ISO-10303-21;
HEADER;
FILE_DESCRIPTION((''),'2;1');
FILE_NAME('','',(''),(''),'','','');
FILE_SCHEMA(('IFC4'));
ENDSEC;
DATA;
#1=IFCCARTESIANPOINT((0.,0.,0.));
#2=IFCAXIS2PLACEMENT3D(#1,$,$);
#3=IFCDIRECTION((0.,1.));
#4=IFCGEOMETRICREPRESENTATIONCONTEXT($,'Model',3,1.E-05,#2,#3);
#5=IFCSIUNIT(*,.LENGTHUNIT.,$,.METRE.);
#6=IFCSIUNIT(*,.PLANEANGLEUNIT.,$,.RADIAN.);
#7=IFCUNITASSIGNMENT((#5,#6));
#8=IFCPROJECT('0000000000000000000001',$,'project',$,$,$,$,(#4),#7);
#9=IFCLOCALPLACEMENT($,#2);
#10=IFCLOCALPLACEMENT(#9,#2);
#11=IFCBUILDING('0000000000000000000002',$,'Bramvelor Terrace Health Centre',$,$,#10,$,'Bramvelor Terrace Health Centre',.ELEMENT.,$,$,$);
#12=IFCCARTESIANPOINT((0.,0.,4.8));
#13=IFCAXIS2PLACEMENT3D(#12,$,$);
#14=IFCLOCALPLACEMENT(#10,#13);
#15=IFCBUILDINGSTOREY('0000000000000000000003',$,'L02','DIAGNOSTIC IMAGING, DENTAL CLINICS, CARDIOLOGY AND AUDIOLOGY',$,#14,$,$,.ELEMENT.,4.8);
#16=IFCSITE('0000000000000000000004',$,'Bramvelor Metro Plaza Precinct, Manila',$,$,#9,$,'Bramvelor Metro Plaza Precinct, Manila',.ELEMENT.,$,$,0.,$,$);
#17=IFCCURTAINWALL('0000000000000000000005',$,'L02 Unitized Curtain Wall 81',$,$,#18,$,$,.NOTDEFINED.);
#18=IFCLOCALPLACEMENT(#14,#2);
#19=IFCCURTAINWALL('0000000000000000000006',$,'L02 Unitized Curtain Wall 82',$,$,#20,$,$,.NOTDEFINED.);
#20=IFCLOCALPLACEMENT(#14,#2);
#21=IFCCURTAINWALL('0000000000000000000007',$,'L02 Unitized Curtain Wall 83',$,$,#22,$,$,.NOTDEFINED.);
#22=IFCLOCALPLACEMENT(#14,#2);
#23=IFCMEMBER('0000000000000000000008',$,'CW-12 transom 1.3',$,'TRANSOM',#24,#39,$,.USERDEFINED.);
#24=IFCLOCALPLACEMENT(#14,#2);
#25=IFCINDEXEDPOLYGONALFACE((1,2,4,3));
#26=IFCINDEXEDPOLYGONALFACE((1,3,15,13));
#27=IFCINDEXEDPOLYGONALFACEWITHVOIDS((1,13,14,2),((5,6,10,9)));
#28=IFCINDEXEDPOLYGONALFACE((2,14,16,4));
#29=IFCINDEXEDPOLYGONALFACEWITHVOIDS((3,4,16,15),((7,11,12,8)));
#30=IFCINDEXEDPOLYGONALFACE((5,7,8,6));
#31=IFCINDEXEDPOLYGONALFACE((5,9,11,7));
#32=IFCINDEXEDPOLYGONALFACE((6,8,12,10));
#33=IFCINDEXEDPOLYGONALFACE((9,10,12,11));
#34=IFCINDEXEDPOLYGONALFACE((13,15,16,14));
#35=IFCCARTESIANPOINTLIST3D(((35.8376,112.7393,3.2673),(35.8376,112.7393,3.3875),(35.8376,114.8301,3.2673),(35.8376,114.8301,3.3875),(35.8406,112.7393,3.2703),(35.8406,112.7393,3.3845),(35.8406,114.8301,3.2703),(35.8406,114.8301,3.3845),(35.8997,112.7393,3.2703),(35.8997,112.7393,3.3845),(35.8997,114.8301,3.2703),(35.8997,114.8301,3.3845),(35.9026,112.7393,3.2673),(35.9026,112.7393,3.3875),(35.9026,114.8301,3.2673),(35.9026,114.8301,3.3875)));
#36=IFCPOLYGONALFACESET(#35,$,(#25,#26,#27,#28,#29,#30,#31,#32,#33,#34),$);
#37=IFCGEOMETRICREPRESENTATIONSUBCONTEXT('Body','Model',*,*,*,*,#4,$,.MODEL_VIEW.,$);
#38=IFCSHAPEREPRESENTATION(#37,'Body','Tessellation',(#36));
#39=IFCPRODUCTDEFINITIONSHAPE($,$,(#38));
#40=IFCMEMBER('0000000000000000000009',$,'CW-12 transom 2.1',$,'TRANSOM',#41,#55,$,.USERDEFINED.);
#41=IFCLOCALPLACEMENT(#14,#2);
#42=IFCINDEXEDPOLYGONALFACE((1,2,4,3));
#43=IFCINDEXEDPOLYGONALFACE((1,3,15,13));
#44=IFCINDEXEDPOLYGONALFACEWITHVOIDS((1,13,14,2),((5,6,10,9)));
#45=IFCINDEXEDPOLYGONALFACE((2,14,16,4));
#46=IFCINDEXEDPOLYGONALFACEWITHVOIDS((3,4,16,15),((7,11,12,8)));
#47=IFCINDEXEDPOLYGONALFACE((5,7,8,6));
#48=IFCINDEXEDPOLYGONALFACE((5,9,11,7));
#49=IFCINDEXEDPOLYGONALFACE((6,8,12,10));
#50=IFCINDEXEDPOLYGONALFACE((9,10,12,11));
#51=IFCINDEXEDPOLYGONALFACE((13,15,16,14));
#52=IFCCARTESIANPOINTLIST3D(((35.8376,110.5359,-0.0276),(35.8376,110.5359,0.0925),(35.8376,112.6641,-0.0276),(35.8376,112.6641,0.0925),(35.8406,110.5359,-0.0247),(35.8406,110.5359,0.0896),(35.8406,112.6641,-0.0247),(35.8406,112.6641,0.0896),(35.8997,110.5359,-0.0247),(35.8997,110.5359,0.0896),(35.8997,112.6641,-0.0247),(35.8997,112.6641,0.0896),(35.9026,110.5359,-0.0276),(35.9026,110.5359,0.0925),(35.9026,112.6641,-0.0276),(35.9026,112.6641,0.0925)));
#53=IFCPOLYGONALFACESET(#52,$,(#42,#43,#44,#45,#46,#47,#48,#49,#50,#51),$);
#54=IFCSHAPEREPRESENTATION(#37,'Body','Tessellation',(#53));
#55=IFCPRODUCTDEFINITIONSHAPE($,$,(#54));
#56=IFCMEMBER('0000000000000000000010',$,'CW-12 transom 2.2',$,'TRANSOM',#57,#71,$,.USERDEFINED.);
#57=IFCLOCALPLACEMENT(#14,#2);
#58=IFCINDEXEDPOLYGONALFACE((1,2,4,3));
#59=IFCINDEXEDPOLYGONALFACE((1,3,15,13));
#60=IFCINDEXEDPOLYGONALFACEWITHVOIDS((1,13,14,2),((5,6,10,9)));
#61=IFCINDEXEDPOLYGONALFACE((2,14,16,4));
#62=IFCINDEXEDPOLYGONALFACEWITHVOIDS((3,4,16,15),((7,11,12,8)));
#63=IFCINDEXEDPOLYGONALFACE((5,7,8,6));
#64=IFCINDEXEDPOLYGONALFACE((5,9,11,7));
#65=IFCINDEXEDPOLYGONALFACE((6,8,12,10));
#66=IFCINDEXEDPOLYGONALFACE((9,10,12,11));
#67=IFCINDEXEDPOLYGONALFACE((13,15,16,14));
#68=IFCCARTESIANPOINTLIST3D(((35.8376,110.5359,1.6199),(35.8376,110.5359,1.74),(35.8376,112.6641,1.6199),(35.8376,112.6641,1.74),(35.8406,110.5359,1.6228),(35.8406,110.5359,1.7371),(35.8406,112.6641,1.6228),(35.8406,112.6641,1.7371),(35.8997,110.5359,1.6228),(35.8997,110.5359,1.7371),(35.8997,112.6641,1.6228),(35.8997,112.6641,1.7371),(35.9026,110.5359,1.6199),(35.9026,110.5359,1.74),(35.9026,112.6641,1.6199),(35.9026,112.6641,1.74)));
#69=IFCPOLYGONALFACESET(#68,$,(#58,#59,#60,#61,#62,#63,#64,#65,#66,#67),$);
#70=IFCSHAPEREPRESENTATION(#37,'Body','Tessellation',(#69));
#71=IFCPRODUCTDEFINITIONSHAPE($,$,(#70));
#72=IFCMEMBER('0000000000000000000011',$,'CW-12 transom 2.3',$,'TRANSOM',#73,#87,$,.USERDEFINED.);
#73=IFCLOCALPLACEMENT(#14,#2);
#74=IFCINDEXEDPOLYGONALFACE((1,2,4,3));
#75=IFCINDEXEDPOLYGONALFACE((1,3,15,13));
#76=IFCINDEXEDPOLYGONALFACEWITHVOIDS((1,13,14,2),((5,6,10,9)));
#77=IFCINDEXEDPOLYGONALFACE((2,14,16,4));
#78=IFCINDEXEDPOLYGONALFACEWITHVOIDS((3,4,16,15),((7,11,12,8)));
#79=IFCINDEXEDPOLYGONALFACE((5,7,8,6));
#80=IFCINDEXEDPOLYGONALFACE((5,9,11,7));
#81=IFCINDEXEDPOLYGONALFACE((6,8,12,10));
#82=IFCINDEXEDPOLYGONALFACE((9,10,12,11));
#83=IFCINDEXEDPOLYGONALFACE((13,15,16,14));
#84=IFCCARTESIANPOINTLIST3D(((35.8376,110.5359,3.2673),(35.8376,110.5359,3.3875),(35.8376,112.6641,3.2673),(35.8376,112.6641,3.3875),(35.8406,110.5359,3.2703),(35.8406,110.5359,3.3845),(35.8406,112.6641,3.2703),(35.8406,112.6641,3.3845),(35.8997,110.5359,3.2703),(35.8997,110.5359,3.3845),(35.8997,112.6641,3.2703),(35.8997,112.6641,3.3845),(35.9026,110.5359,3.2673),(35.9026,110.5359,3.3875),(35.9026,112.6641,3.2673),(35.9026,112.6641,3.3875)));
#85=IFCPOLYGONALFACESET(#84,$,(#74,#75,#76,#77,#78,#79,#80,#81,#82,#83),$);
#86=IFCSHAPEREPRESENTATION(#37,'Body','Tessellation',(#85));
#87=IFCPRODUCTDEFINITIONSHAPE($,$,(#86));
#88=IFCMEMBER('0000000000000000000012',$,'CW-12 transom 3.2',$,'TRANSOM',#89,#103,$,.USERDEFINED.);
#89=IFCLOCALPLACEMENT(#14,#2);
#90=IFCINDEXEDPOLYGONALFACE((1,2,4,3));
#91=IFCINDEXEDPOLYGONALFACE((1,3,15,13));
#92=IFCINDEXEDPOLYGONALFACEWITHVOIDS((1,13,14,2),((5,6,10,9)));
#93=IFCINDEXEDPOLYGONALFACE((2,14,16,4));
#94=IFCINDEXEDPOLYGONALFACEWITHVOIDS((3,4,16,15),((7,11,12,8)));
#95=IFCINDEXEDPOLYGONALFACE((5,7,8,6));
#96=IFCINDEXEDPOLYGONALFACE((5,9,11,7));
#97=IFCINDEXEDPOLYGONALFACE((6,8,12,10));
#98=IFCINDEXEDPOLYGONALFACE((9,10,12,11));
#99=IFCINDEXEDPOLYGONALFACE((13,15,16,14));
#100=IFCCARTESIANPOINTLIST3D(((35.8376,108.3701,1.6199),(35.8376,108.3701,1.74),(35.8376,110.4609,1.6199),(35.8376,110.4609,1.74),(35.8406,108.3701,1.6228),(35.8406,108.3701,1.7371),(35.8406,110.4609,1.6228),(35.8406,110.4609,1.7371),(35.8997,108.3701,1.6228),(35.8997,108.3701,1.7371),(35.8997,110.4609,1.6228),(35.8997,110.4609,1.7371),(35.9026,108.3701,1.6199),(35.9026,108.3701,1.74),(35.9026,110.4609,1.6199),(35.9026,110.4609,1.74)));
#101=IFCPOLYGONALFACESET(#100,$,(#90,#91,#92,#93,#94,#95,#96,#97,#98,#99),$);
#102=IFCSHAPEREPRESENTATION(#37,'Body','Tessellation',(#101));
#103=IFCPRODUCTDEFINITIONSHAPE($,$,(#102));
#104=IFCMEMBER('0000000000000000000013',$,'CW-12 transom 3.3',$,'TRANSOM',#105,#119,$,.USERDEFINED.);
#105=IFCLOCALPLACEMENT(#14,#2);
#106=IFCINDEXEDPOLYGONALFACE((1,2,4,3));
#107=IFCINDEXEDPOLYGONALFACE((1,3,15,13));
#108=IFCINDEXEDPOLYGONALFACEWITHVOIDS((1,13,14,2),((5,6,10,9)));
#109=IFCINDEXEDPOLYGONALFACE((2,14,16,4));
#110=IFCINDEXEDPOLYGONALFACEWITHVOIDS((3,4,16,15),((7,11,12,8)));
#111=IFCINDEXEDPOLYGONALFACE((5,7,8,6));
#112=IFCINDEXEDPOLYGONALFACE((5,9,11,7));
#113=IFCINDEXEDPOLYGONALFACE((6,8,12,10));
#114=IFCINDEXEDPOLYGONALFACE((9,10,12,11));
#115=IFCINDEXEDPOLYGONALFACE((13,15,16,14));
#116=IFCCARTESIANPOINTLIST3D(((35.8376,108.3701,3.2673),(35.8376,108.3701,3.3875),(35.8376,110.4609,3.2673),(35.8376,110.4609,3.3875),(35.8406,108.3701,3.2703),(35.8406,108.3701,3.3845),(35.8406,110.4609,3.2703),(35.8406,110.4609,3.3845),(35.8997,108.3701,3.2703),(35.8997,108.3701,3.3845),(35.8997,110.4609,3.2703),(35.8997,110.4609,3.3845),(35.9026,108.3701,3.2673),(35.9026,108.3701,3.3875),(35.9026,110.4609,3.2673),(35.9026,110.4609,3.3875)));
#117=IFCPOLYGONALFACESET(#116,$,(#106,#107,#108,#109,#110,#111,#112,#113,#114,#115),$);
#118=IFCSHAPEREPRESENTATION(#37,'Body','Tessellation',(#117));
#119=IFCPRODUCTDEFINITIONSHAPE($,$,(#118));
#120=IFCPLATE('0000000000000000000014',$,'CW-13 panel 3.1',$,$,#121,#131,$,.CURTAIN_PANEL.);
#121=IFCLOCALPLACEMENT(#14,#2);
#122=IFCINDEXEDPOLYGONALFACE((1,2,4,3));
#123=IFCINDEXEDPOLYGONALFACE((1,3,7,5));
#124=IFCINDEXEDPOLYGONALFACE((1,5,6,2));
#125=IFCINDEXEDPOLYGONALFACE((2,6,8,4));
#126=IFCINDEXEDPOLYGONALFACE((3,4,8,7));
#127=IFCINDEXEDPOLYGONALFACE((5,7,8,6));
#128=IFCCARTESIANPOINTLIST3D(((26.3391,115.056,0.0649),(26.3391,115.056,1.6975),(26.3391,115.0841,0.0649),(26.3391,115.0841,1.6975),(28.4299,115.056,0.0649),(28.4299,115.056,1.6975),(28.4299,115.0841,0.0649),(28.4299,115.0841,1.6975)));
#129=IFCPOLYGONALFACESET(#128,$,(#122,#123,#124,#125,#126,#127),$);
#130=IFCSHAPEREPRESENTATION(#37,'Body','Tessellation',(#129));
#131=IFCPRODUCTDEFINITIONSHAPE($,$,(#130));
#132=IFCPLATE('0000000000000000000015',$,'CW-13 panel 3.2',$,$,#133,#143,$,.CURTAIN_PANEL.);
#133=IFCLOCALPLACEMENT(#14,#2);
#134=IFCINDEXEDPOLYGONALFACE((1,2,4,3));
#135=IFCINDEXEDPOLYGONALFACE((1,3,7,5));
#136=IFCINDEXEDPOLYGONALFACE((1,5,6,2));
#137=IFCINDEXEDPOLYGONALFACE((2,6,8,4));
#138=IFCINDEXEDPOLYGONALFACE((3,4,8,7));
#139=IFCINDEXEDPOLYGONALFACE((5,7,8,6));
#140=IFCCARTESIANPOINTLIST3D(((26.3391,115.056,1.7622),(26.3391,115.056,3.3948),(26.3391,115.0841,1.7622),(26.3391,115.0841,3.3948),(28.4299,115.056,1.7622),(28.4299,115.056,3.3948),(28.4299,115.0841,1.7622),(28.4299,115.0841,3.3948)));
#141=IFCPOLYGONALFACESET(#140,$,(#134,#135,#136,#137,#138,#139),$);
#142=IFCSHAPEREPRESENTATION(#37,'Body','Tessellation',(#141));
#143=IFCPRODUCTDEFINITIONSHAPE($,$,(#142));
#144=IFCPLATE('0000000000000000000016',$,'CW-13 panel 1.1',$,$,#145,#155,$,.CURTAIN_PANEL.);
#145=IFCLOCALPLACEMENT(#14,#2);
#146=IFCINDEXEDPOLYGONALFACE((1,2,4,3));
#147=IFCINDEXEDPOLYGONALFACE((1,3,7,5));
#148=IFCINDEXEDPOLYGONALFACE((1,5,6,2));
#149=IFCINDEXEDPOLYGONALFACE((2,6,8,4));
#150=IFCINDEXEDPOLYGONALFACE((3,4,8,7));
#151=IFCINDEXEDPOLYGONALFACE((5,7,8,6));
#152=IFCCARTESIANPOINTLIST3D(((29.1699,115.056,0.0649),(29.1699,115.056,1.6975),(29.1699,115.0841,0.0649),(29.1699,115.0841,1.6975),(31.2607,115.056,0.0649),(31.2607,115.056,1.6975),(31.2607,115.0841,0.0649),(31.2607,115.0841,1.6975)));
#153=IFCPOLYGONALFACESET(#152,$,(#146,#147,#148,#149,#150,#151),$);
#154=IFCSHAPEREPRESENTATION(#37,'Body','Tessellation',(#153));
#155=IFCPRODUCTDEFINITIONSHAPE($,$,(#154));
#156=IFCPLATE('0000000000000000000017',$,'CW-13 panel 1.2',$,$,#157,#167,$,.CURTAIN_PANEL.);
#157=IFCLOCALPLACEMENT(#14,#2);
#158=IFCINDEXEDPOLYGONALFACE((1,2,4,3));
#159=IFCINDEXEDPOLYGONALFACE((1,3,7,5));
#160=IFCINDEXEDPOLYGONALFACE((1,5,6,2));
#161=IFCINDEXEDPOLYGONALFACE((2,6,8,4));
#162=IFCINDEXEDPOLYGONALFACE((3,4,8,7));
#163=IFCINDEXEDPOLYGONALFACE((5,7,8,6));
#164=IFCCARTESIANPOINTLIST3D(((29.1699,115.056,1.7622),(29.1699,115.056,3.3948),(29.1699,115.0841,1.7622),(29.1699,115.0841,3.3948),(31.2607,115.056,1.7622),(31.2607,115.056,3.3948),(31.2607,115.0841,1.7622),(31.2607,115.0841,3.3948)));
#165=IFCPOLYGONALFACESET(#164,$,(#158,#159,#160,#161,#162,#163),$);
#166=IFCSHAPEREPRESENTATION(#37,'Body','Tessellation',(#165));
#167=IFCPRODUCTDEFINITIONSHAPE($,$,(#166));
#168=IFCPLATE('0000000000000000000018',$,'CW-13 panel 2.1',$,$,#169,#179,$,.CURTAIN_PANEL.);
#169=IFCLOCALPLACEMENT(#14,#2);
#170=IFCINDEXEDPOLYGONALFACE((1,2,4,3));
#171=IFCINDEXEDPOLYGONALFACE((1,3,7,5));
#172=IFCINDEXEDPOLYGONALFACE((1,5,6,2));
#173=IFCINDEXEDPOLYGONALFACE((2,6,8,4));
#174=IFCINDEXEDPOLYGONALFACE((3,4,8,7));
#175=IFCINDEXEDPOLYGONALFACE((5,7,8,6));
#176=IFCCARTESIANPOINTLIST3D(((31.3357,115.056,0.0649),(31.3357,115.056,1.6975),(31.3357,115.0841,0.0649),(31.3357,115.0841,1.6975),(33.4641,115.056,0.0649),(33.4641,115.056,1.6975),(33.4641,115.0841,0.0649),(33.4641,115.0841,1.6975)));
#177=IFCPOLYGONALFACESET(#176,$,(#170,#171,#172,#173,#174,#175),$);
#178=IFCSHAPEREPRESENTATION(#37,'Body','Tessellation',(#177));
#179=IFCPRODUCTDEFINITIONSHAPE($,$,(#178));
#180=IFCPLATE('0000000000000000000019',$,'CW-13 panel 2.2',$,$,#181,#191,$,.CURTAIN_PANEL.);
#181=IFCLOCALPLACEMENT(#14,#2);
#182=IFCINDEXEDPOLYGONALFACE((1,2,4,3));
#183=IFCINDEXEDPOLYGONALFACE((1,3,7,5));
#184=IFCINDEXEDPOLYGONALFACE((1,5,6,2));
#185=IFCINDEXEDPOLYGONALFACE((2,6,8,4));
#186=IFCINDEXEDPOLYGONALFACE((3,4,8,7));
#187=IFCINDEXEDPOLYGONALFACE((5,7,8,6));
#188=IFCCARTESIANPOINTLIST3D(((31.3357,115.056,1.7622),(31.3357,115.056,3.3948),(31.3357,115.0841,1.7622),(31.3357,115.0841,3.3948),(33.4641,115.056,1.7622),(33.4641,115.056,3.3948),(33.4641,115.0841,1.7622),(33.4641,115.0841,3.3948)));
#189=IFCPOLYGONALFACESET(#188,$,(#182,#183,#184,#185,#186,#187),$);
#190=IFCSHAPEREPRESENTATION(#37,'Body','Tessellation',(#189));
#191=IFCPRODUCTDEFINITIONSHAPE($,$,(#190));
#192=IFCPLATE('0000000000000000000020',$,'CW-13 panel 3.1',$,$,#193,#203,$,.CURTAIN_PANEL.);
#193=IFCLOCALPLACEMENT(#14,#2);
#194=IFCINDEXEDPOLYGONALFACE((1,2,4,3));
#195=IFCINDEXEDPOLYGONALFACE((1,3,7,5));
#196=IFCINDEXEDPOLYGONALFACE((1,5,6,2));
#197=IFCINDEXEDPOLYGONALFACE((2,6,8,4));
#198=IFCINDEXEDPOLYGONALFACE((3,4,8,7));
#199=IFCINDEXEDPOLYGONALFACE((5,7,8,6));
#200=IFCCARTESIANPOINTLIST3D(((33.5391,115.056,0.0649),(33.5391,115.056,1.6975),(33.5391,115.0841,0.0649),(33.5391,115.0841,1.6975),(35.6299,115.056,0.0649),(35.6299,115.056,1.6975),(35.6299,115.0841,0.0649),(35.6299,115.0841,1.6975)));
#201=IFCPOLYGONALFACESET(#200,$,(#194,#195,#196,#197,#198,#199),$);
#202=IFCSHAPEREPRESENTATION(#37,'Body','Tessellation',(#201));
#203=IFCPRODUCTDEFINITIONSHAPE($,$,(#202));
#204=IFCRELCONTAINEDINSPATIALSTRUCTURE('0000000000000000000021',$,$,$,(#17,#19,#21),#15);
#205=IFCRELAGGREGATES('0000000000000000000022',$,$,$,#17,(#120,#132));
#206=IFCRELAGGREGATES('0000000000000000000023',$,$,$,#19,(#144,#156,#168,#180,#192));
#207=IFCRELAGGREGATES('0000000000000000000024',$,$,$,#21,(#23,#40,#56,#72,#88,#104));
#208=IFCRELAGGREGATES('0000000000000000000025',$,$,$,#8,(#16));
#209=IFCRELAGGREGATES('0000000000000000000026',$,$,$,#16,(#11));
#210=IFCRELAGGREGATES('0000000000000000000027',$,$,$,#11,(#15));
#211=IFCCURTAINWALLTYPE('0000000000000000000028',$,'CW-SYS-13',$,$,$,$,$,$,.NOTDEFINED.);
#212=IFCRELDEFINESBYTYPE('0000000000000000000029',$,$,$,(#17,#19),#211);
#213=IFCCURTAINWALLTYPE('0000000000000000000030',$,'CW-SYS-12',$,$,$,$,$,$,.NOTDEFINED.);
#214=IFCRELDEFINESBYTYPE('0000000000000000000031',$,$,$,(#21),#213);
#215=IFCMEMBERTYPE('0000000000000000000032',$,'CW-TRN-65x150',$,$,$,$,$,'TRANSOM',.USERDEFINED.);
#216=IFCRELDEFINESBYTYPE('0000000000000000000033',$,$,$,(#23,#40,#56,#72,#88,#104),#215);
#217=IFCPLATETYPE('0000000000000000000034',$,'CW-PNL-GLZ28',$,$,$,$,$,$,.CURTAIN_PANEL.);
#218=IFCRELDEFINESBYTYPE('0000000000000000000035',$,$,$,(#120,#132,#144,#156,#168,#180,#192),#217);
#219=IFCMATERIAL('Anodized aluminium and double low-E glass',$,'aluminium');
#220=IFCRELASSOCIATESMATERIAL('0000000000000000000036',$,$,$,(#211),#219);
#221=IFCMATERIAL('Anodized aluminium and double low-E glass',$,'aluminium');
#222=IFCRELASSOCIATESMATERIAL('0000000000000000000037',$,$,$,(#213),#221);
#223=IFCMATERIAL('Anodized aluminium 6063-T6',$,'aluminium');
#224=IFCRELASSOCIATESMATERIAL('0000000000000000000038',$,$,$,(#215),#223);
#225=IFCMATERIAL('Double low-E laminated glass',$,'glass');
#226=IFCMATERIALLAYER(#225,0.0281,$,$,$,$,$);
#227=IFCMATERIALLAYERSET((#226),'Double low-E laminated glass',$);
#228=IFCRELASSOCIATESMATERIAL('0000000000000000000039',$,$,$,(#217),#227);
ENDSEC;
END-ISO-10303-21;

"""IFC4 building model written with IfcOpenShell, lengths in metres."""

from ifc_helpers import new_model, si_unit, direction, frame, origin, origin_2d, place, context, subcontext, project, spatial, rectangle, hollow_rectangle, extrude, material, layer, layer_set, material_profile, profile_set, type_object, element, aggregate, save


model = new_model("IFC4")

# Units and contexts
model_context = context("Model", 3, precision=1e-05, world=origin(), true_north=direction((0.0, 1.0)))
body_context = subcontext(model_context, "Body", "Model", "MODEL_VIEW")
ifc_project = project(units=[si_unit("LENGTHUNIT", "METRE"), si_unit("PLANEANGLEUNIT", "RADIAN")], contexts=[model_context])

# Site, building, storey
site_placement = place(None, origin())
site = spatial("IfcSite", under=ifc_project, at=site_placement, Name="Bramvelor Metro Plaza Precinct, Manila", LongName="Bramvelor Metro Plaza Precinct, Manila", CompositionType="ELEMENT", RefElevation=0.0)
building_placement = place(site_placement, origin())
building = spatial("IfcBuilding", under=site, at=building_placement, Name="Bramvelor Terrace Health Centre", LongName="Bramvelor Terrace Health Centre", CompositionType="ELEMENT")
storey_placement = place(building_placement, frame((0.0, 0.0, 4.8)))
storey = spatial("IfcBuildingStorey", under=building, at=storey_placement, Name="L02", Description="DIAGNOSTIC IMAGING, DENTAL CLINICS, CARDIOLOGY AND AUDIOLOGY", CompositionType="ELEMENT", Elevation=4.8)

# Curtain wall
ifc_material_1 = material(Name="Anodized aluminium and double low-E glass", Category="aluminium")
curtain_wall_type_1 = type_object("IfcCurtainWallType", Name="CW-SYS-13", PredefinedType="NOTDEFINED", material=ifc_material_1)
curtain_wall_1_placement = place(storey_placement, origin())
curtain_wall_1 = element("IfcCurtainWall", 1, at=curtain_wall_1_placement, inside=storey, type_object=curtain_wall_type_1, Name="L02 Unitized Curtain Wall 81", PredefinedType="NOTDEFINED")

# Curtain walls
curtain_wall_2_placement = place(storey_placement, origin())
curtain_wall_2 = element("IfcCurtainWall", 2, at=curtain_wall_2_placement, inside=storey, type_object=curtain_wall_type_1, Name="L02 Unitized Curtain Wall 82", PredefinedType="NOTDEFINED")
ifc_material_2 = material(Name="Anodized aluminium and double low-E glass", Category="aluminium")
curtain_wall_type_2 = type_object("IfcCurtainWallType", Name="CW-SYS-12", PredefinedType="NOTDEFINED", material=ifc_material_2)
curtain_wall_3_placement = place(storey_placement, origin())
curtain_wall_3 = element("IfcCurtainWall", 3, at=curtain_wall_3_placement, inside=storey, type_object=curtain_wall_type_2, Name="L02 Unitized Curtain Wall 83", PredefinedType="NOTDEFINED")

# Members
ifc_material_3 = material(Name="Anodized aluminium 6063-T6", Category="aluminium")
ifc_material_profile_1 = material_profile(ifc_material_3, hollow_rectangle(XDim=0.0649, YDim=0.1201, WallThickness=0.0029, at=origin_2d()), Name="ALU-TRN 65x120x3.0")
ifc_profile_set_1 = profile_set([ifc_material_profile_1], Name="Anodized aluminium 6063-T6")
member_type_1 = type_object("IfcMemberType", Name="CW-TRN-65x150", ElementType="TRANSOM", PredefinedType="USERDEFINED", material=ifc_profile_set_1)
member_1_placement = place(storey_placement, frame((35.8701, 114.8301, 3.3274), z_axis=(0.0, -1.0, 0.0), x_axis=(1.0, 0.0, 0.0)))
member_1 = element("IfcMember", 4, at=member_1_placement, type_object=member_type_1, Name="CW-12 transom 1.3", ObjectType="TRANSOM", PredefinedType="USERDEFINED", context=body_context, shape_type="SweptSolid", body=[
    extrude(hollow_rectangle(XDim=0.0649, YDim=0.1201, WallThickness=0.0029, at=origin_2d()), origin(), (0.0, 0.0, 1.0), 2.0908),
])
member_2_placement = place(storey_placement, frame((35.8701, 112.6641, 0.0325), z_axis=(0.0, -1.0, 0.0), x_axis=(1.0, 0.0, 0.0)))
member_2 = element("IfcMember", 5, at=member_2_placement, type_object=member_type_1, Name="CW-12 transom 2.1", ObjectType="TRANSOM", PredefinedType="USERDEFINED", context=body_context, shape_type="SweptSolid", body=[
    extrude(hollow_rectangle(XDim=0.0649, YDim=0.1201, WallThickness=0.0029, at=origin_2d()), origin(), (0.0, 0.0, 1.0), 2.1282),
])
member_3_placement = place(storey_placement, frame((35.8701, 112.6641, 1.6799), z_axis=(0.0, -1.0, 0.0), x_axis=(1.0, 0.0, 0.0)))
member_3 = element("IfcMember", 6, at=member_3_placement, type_object=member_type_1, Name="CW-12 transom 2.2", ObjectType="TRANSOM", PredefinedType="USERDEFINED", context=body_context, shape_type="SweptSolid", body=[
    extrude(hollow_rectangle(XDim=0.0649, YDim=0.1201, WallThickness=0.0029, at=origin_2d()), origin(), (0.0, 0.0, 1.0), 2.1282),
])
member_4_placement = place(storey_placement, frame((35.8701, 112.6641, 3.3274), z_axis=(0.0, -1.0, 0.0), x_axis=(1.0, 0.0, 0.0)))
member_4 = element("IfcMember", 7, at=member_4_placement, type_object=member_type_1, Name="CW-12 transom 2.3", ObjectType="TRANSOM", PredefinedType="USERDEFINED", context=body_context, shape_type="SweptSolid", body=[
    extrude(hollow_rectangle(XDim=0.0649, YDim=0.1201, WallThickness=0.0029, at=origin_2d()), origin(), (0.0, 0.0, 1.0), 2.1282),
])
member_5_placement = place(storey_placement, frame((35.8701, 110.4609, 1.6799), z_axis=(0.0, -1.0, 0.0), x_axis=(1.0, 0.0, 0.0)))
member_5 = element("IfcMember", 8, at=member_5_placement, type_object=member_type_1, Name="CW-12 transom 3.2", ObjectType="TRANSOM", PredefinedType="USERDEFINED", context=body_context, shape_type="SweptSolid", body=[
    extrude(hollow_rectangle(XDim=0.0649, YDim=0.1201, WallThickness=0.0029, at=origin_2d()), origin(), (0.0, 0.0, 1.0), 2.0908),
])
member_6_placement = place(storey_placement, frame((35.8701, 110.4609, 3.3274), z_axis=(0.0, -1.0, 0.0), x_axis=(1.0, 0.0, 0.0)))
member_6 = element("IfcMember", 9, at=member_6_placement, type_object=member_type_1, Name="CW-12 transom 3.3", ObjectType="TRANSOM", PredefinedType="USERDEFINED", context=body_context, shape_type="SweptSolid", body=[
    extrude(hollow_rectangle(XDim=0.0649, YDim=0.1201, WallThickness=0.0029, at=origin_2d()), origin(), (0.0, 0.0, 1.0), 2.0908),
])

# Plates
ifc_material_4 = material(Name="Double low-E laminated glass", Category="glass")
ifc_layer = layer(ifc_material_4, 0.0281)
ifc_layer_set = layer_set([ifc_layer], Name="Double low-E laminated glass")
plate_type = type_object("IfcPlateType", Name="CW-PNL-GLZ28", PredefinedType="CURTAIN_PANEL", material=ifc_layer_set)
plate_1_placement = place(storey_placement, frame((27.3845, 115.0701, 0.0649), z_axis=(0.0, 0.0, 1.0), x_axis=(1.0, 0.0, 0.0)))
plate_1 = element("IfcPlate", 10, at=plate_1_placement, type_object=plate_type, Name="CW-13 panel 3.1", PredefinedType="CURTAIN_PANEL", context=body_context, shape_type="SweptSolid", body=[
    extrude(rectangle(XDim=2.0908, YDim=0.0281, at=origin_2d()), origin(), (0.0, 0.0, 1.0), 1.6326),
])
plate_2_placement = place(storey_placement, frame((27.3845, 115.0701, 1.7622), z_axis=(0.0, 0.0, 1.0), x_axis=(1.0, 0.0, 0.0)))
plate_2 = element("IfcPlate", 11, at=plate_2_placement, type_object=plate_type, Name="CW-13 panel 3.2", PredefinedType="CURTAIN_PANEL", context=body_context, shape_type="SweptSolid", body=[
    extrude(rectangle(XDim=2.0908, YDim=0.0281, at=origin_2d()), origin(), (0.0, 0.0, 1.0), 1.6326),
])
aggregate(curtain_wall_1, [plate_1, plate_2])
plate_3_placement = place(storey_placement, frame((30.2153, 115.0701, 0.0649), z_axis=(0.0, 0.0, 1.0), x_axis=(1.0, 0.0, 0.0)))
plate_3 = element("IfcPlate", 12, at=plate_3_placement, type_object=plate_type, Name="CW-13 panel 1.1", PredefinedType="CURTAIN_PANEL", context=body_context, shape_type="SweptSolid", body=[
    extrude(rectangle(XDim=2.0908, YDim=0.0281, at=origin_2d()), origin(), (0.0, 0.0, 1.0), 1.6326),
])
plate_4_placement = place(storey_placement, frame((30.2153, 115.0701, 1.7622), z_axis=(0.0, 0.0, 1.0), x_axis=(1.0, 0.0, 0.0)))
plate_4 = element("IfcPlate", 13, at=plate_4_placement, type_object=plate_type, Name="CW-13 panel 1.2", PredefinedType="CURTAIN_PANEL", context=body_context, shape_type="SweptSolid", body=[
    extrude(rectangle(XDim=2.0908, YDim=0.0281, at=origin_2d()), origin(), (0.0, 0.0, 1.0), 1.6326),
])
plate_5_placement = place(storey_placement, frame((32.3999, 115.0701, 0.0649), z_axis=(0.0, 0.0, 1.0), x_axis=(1.0, 0.0, 0.0)))
plate_5 = element("IfcPlate", 14, at=plate_5_placement, type_object=plate_type, Name="CW-13 panel 2.1", PredefinedType="CURTAIN_PANEL", context=body_context, shape_type="SweptSolid", body=[
    extrude(rectangle(XDim=2.1284, YDim=0.0281, at=origin_2d()), origin(), (0.0, 0.0, 1.0), 1.6326),
])
plate_6_placement = place(storey_placement, frame((32.3999, 115.0701, 1.7622), z_axis=(0.0, 0.0, 1.0), x_axis=(1.0, 0.0, 0.0)))
plate_6 = element("IfcPlate", 15, at=plate_6_placement, type_object=plate_type, Name="CW-13 panel 2.2", PredefinedType="CURTAIN_PANEL", context=body_context, shape_type="SweptSolid", body=[
    extrude(rectangle(XDim=2.1284, YDim=0.0281, at=origin_2d()), origin(), (0.0, 0.0, 1.0), 1.6326),
])
plate_7_placement = place(storey_placement, frame((34.5845, 115.0701, 0.0649), z_axis=(0.0, 0.0, 1.0), x_axis=(1.0, 0.0, 0.0)))
plate_7 = element("IfcPlate", 16, at=plate_7_placement, type_object=plate_type, Name="CW-13 panel 3.1", PredefinedType="CURTAIN_PANEL", context=body_context, shape_type="SweptSolid", body=[
    extrude(rectangle(XDim=2.0908, YDim=0.0281, at=origin_2d()), origin(), (0.0, 0.0, 1.0), 1.6326),
])
aggregate(curtain_wall_2, [plate_3, plate_4, plate_5, plate_6, plate_7])
aggregate(curtain_wall_3, [member_1, member_2, member_3, member_4, member_5, member_6])

save(model, "model.ifc")
